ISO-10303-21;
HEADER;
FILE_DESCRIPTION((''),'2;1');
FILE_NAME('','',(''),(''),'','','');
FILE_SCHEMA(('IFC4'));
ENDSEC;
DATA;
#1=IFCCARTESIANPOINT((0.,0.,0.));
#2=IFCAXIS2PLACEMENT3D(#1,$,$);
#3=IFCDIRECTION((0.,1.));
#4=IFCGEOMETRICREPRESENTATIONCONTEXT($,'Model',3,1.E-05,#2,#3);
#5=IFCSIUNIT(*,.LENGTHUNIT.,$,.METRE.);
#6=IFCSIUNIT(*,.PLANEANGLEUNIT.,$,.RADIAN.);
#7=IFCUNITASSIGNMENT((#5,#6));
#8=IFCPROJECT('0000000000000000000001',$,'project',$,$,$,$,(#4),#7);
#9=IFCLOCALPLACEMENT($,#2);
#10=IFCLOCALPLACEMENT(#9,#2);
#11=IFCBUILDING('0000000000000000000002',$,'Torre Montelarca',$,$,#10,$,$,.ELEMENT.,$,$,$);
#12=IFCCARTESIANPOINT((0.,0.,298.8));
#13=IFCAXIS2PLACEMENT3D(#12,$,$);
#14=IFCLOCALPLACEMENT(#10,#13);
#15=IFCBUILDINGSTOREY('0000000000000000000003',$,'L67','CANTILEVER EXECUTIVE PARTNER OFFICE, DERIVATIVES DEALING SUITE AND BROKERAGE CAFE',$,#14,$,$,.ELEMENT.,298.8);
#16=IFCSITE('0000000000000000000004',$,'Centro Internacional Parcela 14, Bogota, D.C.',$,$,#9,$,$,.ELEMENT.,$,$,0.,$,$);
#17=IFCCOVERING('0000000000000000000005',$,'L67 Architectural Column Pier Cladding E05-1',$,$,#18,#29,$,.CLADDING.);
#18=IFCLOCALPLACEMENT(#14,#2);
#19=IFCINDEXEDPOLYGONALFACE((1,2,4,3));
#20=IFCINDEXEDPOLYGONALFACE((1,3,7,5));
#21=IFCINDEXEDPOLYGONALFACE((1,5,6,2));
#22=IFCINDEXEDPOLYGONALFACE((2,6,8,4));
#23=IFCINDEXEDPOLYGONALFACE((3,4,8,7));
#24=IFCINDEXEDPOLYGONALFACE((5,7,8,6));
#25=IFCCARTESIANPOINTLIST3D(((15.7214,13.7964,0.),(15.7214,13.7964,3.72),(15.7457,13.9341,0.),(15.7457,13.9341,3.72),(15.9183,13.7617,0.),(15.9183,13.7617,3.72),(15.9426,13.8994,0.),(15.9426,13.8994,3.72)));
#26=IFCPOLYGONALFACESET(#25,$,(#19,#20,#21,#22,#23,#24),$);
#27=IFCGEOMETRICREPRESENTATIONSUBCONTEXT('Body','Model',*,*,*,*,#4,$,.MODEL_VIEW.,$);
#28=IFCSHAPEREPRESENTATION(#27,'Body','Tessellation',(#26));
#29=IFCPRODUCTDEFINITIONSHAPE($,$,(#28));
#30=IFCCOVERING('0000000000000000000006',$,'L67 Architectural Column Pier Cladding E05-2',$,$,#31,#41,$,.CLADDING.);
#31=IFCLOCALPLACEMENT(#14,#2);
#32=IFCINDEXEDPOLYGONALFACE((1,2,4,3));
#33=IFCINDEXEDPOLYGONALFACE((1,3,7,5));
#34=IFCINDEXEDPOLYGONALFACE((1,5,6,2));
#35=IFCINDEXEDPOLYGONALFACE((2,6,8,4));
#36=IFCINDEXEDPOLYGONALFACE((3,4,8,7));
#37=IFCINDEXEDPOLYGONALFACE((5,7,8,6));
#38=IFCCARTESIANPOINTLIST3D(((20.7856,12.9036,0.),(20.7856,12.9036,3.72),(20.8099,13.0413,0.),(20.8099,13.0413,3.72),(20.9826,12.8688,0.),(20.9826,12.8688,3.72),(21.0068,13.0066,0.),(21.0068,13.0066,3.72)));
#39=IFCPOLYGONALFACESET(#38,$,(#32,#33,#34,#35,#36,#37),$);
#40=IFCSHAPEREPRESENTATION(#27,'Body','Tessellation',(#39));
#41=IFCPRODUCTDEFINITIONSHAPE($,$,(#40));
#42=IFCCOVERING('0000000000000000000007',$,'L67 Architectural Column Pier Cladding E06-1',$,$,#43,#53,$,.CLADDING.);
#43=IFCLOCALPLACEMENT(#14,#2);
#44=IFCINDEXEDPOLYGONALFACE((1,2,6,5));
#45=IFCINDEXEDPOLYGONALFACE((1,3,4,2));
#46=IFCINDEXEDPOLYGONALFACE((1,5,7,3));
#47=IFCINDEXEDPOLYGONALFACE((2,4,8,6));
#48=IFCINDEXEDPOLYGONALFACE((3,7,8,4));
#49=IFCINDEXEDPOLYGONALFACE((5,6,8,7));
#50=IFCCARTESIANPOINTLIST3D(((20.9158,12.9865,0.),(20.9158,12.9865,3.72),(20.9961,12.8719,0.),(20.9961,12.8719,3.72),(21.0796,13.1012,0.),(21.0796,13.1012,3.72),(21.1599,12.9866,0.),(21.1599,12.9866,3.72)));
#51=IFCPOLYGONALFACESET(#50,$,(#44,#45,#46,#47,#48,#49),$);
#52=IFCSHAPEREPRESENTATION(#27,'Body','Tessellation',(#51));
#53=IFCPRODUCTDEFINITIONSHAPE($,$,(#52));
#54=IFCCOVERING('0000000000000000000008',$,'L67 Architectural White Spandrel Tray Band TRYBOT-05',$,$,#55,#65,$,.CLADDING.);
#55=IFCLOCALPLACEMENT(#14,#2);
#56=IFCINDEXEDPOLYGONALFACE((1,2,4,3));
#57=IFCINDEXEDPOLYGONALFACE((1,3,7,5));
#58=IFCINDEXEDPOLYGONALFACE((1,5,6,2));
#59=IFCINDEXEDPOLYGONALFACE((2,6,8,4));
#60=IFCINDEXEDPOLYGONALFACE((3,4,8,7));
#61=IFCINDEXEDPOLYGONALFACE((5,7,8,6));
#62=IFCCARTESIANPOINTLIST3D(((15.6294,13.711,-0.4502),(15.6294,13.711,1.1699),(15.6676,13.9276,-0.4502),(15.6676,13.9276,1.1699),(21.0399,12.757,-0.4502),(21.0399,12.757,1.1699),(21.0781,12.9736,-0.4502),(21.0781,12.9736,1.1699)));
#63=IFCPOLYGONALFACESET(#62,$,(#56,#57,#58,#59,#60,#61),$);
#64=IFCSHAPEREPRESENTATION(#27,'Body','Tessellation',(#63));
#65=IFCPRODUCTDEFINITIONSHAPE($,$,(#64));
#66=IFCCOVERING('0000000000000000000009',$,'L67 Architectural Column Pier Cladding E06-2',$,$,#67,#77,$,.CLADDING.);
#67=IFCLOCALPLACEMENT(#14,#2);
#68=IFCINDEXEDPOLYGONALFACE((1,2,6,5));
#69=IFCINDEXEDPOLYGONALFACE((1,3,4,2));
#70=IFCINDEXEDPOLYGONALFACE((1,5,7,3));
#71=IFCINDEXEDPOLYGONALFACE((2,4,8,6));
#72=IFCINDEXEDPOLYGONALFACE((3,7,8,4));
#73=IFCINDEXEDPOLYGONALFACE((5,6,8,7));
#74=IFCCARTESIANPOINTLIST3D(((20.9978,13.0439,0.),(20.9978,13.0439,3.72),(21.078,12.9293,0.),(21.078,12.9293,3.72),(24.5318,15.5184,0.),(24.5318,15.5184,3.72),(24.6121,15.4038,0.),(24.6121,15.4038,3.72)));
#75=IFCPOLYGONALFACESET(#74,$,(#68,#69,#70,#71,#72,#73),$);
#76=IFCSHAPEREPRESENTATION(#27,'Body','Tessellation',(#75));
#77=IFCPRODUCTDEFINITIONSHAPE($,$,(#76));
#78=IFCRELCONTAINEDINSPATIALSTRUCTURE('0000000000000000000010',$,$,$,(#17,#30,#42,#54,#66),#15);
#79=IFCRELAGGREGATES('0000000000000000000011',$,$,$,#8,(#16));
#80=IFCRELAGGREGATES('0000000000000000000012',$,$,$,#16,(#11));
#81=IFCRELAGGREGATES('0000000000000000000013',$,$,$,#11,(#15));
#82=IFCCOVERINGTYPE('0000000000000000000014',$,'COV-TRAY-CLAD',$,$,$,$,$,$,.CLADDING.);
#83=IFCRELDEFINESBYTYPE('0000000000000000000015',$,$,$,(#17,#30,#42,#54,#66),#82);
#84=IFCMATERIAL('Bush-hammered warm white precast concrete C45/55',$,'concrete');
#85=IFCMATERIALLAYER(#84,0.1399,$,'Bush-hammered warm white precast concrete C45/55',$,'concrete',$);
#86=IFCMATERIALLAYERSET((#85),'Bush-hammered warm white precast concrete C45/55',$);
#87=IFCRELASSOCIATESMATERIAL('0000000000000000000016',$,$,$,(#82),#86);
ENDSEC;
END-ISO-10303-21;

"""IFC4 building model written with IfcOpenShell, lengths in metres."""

from ifc_helpers import new_model, si_unit, direction, frame, origin, origin_2d, place, context, subcontext, project, spatial, rectangle, extrude, source, transform, mapped, material, layer, layer_set, type_object, element, save


model = new_model("IFC4")

# Units and contexts
model_context = context("Model", 3, precision=1e-05, world=origin(), true_north=direction((0.0, 1.0)))
body_context = subcontext(model_context, "Body", "Model", "MODEL_VIEW")
ifc_project = project(units=[si_unit("LENGTHUNIT", "METRE"), si_unit("PLANEANGLEUNIT", "RADIAN")], contexts=[model_context])

# Site, building, storey
site_placement = place(None, origin())
site = spatial("IfcSite", under=ifc_project, at=site_placement, Name="Centro Internacional Parcela 14, Bogota, D.C.", CompositionType="ELEMENT", RefElevation=0.0)
building_placement = place(site_placement, origin())
building = spatial("IfcBuilding", under=site, at=building_placement, Name="Torre Montelarca", CompositionType="ELEMENT")
storey_placement = place(building_placement, frame((0.0, 0.0, 298.8)))
storey = spatial("IfcBuildingStorey", under=building, at=storey_placement, Name="L67", Description="CANTILEVER EXECUTIVE PARTNER OFFICE, DERIVATIVES DEALING SUITE AND BROKERAGE CAFE", CompositionType="ELEMENT", Elevation=298.8)

# Coverings
ifc_material_1 = material(Name="Bush-hammered warm white precast concrete C45/55", Category="concrete")
ifc_layer_1 = layer(ifc_material_1, 0.1399, Name="Bush-hammered warm white precast concrete C45/55", Category="concrete")
ifc_layer_set_1 = layer_set([ifc_layer_1], Name="Bush-hammered warm white precast concrete C45/55")
covering_type = type_object("IfcCoveringType", Name="COV-TRAY-CLAD", PredefinedType="CLADDING", material=ifc_layer_set_1)
shared_shape_1 = source(origin(), body_context, "Body", "SweptSolid", [
    extrude(rectangle(XDim=0.2, YDim=0.1399, at=origin_2d()), origin(), (0.0, 0.0, 1.0), 3.72),
])
for number, where, z_axis, x_axis, name in (
    (1, (15.832, 13.8479, 0.0), (0.0, 0.0, 1.0), (0.984808, -0.173646, 0.0), "L67 Architectural Column Pier Cladding E05-1"),
    (2, (20.8962, 12.9551, 0.0), (0.0, 0.0, 1.0), (0.984808, -0.173646, 0.0), "L67 Architectural Column Pier Cladding E05-2"),
    (3, (21.0378, 12.9866, 0.0), (0.0, 0.0, 1.0), (0.819156, 0.573571, 0.0), "L67 Architectural Column Pier Cladding E06-1"),
):
    element("IfcCovering", number, at=place(storey_placement, frame(where, z_axis=z_axis, x_axis=x_axis)), inside=storey, type_object=covering_type, Name=name, PredefinedType="CLADDING", context=body_context, shape_type="MappedRepresentation", body=[
        mapped(shared_shape_1, transform((0.0, 0.0, 0.0), scale=1.0)),
    ])
shared_shape_2 = source(origin(), body_context, "Body", "SweptSolid", [
    extrude(rectangle(XDim=5.4939, YDim=0.22, at=origin_2d()), origin(), (0.0, 0.0, 1.0), 1.6201),
])
covering_1_placement = place(storey_placement, frame((18.3538, 13.3423, -0.4502), z_axis=(0.0, 0.0, 1.0), x_axis=(0.984807, -0.173653, 0.0)))
element("IfcCovering", 4, at=covering_1_placement, inside=storey, type_object=covering_type, Name="L67 Architectural White Spandrel Tray Band TRYBOT-05", PredefinedType="CLADDING", context=body_context, shape_type="MappedRepresentation", body=[
    mapped(shared_shape_2, transform((0.0, 0.0, 0.0), scale=1.0)),
])
shared_shape_3 = source(origin(), body_context, "Body", "SweptSolid", [
    extrude(rectangle(XDim=4.3142, YDim=0.1399, at=origin_2d()), origin(), (0.0, 0.0, 1.0), 3.72),
])
covering_2_placement = place(storey_placement, frame((22.8049, 14.2239, 0.0), z_axis=(0.0, 0.0, 1.0), x_axis=(0.819156, 0.573571, 0.0)))
element("IfcCovering", 5, at=covering_2_placement, inside=storey, type_object=covering_type, Name="L67 Architectural Column Pier Cladding E06-2", PredefinedType="CLADDING", context=body_context, shape_type="MappedRepresentation", body=[
    mapped(shared_shape_3, transform((0.0, 0.0, 0.0), scale=1.0)),
])

save(model, "model.ifc")
